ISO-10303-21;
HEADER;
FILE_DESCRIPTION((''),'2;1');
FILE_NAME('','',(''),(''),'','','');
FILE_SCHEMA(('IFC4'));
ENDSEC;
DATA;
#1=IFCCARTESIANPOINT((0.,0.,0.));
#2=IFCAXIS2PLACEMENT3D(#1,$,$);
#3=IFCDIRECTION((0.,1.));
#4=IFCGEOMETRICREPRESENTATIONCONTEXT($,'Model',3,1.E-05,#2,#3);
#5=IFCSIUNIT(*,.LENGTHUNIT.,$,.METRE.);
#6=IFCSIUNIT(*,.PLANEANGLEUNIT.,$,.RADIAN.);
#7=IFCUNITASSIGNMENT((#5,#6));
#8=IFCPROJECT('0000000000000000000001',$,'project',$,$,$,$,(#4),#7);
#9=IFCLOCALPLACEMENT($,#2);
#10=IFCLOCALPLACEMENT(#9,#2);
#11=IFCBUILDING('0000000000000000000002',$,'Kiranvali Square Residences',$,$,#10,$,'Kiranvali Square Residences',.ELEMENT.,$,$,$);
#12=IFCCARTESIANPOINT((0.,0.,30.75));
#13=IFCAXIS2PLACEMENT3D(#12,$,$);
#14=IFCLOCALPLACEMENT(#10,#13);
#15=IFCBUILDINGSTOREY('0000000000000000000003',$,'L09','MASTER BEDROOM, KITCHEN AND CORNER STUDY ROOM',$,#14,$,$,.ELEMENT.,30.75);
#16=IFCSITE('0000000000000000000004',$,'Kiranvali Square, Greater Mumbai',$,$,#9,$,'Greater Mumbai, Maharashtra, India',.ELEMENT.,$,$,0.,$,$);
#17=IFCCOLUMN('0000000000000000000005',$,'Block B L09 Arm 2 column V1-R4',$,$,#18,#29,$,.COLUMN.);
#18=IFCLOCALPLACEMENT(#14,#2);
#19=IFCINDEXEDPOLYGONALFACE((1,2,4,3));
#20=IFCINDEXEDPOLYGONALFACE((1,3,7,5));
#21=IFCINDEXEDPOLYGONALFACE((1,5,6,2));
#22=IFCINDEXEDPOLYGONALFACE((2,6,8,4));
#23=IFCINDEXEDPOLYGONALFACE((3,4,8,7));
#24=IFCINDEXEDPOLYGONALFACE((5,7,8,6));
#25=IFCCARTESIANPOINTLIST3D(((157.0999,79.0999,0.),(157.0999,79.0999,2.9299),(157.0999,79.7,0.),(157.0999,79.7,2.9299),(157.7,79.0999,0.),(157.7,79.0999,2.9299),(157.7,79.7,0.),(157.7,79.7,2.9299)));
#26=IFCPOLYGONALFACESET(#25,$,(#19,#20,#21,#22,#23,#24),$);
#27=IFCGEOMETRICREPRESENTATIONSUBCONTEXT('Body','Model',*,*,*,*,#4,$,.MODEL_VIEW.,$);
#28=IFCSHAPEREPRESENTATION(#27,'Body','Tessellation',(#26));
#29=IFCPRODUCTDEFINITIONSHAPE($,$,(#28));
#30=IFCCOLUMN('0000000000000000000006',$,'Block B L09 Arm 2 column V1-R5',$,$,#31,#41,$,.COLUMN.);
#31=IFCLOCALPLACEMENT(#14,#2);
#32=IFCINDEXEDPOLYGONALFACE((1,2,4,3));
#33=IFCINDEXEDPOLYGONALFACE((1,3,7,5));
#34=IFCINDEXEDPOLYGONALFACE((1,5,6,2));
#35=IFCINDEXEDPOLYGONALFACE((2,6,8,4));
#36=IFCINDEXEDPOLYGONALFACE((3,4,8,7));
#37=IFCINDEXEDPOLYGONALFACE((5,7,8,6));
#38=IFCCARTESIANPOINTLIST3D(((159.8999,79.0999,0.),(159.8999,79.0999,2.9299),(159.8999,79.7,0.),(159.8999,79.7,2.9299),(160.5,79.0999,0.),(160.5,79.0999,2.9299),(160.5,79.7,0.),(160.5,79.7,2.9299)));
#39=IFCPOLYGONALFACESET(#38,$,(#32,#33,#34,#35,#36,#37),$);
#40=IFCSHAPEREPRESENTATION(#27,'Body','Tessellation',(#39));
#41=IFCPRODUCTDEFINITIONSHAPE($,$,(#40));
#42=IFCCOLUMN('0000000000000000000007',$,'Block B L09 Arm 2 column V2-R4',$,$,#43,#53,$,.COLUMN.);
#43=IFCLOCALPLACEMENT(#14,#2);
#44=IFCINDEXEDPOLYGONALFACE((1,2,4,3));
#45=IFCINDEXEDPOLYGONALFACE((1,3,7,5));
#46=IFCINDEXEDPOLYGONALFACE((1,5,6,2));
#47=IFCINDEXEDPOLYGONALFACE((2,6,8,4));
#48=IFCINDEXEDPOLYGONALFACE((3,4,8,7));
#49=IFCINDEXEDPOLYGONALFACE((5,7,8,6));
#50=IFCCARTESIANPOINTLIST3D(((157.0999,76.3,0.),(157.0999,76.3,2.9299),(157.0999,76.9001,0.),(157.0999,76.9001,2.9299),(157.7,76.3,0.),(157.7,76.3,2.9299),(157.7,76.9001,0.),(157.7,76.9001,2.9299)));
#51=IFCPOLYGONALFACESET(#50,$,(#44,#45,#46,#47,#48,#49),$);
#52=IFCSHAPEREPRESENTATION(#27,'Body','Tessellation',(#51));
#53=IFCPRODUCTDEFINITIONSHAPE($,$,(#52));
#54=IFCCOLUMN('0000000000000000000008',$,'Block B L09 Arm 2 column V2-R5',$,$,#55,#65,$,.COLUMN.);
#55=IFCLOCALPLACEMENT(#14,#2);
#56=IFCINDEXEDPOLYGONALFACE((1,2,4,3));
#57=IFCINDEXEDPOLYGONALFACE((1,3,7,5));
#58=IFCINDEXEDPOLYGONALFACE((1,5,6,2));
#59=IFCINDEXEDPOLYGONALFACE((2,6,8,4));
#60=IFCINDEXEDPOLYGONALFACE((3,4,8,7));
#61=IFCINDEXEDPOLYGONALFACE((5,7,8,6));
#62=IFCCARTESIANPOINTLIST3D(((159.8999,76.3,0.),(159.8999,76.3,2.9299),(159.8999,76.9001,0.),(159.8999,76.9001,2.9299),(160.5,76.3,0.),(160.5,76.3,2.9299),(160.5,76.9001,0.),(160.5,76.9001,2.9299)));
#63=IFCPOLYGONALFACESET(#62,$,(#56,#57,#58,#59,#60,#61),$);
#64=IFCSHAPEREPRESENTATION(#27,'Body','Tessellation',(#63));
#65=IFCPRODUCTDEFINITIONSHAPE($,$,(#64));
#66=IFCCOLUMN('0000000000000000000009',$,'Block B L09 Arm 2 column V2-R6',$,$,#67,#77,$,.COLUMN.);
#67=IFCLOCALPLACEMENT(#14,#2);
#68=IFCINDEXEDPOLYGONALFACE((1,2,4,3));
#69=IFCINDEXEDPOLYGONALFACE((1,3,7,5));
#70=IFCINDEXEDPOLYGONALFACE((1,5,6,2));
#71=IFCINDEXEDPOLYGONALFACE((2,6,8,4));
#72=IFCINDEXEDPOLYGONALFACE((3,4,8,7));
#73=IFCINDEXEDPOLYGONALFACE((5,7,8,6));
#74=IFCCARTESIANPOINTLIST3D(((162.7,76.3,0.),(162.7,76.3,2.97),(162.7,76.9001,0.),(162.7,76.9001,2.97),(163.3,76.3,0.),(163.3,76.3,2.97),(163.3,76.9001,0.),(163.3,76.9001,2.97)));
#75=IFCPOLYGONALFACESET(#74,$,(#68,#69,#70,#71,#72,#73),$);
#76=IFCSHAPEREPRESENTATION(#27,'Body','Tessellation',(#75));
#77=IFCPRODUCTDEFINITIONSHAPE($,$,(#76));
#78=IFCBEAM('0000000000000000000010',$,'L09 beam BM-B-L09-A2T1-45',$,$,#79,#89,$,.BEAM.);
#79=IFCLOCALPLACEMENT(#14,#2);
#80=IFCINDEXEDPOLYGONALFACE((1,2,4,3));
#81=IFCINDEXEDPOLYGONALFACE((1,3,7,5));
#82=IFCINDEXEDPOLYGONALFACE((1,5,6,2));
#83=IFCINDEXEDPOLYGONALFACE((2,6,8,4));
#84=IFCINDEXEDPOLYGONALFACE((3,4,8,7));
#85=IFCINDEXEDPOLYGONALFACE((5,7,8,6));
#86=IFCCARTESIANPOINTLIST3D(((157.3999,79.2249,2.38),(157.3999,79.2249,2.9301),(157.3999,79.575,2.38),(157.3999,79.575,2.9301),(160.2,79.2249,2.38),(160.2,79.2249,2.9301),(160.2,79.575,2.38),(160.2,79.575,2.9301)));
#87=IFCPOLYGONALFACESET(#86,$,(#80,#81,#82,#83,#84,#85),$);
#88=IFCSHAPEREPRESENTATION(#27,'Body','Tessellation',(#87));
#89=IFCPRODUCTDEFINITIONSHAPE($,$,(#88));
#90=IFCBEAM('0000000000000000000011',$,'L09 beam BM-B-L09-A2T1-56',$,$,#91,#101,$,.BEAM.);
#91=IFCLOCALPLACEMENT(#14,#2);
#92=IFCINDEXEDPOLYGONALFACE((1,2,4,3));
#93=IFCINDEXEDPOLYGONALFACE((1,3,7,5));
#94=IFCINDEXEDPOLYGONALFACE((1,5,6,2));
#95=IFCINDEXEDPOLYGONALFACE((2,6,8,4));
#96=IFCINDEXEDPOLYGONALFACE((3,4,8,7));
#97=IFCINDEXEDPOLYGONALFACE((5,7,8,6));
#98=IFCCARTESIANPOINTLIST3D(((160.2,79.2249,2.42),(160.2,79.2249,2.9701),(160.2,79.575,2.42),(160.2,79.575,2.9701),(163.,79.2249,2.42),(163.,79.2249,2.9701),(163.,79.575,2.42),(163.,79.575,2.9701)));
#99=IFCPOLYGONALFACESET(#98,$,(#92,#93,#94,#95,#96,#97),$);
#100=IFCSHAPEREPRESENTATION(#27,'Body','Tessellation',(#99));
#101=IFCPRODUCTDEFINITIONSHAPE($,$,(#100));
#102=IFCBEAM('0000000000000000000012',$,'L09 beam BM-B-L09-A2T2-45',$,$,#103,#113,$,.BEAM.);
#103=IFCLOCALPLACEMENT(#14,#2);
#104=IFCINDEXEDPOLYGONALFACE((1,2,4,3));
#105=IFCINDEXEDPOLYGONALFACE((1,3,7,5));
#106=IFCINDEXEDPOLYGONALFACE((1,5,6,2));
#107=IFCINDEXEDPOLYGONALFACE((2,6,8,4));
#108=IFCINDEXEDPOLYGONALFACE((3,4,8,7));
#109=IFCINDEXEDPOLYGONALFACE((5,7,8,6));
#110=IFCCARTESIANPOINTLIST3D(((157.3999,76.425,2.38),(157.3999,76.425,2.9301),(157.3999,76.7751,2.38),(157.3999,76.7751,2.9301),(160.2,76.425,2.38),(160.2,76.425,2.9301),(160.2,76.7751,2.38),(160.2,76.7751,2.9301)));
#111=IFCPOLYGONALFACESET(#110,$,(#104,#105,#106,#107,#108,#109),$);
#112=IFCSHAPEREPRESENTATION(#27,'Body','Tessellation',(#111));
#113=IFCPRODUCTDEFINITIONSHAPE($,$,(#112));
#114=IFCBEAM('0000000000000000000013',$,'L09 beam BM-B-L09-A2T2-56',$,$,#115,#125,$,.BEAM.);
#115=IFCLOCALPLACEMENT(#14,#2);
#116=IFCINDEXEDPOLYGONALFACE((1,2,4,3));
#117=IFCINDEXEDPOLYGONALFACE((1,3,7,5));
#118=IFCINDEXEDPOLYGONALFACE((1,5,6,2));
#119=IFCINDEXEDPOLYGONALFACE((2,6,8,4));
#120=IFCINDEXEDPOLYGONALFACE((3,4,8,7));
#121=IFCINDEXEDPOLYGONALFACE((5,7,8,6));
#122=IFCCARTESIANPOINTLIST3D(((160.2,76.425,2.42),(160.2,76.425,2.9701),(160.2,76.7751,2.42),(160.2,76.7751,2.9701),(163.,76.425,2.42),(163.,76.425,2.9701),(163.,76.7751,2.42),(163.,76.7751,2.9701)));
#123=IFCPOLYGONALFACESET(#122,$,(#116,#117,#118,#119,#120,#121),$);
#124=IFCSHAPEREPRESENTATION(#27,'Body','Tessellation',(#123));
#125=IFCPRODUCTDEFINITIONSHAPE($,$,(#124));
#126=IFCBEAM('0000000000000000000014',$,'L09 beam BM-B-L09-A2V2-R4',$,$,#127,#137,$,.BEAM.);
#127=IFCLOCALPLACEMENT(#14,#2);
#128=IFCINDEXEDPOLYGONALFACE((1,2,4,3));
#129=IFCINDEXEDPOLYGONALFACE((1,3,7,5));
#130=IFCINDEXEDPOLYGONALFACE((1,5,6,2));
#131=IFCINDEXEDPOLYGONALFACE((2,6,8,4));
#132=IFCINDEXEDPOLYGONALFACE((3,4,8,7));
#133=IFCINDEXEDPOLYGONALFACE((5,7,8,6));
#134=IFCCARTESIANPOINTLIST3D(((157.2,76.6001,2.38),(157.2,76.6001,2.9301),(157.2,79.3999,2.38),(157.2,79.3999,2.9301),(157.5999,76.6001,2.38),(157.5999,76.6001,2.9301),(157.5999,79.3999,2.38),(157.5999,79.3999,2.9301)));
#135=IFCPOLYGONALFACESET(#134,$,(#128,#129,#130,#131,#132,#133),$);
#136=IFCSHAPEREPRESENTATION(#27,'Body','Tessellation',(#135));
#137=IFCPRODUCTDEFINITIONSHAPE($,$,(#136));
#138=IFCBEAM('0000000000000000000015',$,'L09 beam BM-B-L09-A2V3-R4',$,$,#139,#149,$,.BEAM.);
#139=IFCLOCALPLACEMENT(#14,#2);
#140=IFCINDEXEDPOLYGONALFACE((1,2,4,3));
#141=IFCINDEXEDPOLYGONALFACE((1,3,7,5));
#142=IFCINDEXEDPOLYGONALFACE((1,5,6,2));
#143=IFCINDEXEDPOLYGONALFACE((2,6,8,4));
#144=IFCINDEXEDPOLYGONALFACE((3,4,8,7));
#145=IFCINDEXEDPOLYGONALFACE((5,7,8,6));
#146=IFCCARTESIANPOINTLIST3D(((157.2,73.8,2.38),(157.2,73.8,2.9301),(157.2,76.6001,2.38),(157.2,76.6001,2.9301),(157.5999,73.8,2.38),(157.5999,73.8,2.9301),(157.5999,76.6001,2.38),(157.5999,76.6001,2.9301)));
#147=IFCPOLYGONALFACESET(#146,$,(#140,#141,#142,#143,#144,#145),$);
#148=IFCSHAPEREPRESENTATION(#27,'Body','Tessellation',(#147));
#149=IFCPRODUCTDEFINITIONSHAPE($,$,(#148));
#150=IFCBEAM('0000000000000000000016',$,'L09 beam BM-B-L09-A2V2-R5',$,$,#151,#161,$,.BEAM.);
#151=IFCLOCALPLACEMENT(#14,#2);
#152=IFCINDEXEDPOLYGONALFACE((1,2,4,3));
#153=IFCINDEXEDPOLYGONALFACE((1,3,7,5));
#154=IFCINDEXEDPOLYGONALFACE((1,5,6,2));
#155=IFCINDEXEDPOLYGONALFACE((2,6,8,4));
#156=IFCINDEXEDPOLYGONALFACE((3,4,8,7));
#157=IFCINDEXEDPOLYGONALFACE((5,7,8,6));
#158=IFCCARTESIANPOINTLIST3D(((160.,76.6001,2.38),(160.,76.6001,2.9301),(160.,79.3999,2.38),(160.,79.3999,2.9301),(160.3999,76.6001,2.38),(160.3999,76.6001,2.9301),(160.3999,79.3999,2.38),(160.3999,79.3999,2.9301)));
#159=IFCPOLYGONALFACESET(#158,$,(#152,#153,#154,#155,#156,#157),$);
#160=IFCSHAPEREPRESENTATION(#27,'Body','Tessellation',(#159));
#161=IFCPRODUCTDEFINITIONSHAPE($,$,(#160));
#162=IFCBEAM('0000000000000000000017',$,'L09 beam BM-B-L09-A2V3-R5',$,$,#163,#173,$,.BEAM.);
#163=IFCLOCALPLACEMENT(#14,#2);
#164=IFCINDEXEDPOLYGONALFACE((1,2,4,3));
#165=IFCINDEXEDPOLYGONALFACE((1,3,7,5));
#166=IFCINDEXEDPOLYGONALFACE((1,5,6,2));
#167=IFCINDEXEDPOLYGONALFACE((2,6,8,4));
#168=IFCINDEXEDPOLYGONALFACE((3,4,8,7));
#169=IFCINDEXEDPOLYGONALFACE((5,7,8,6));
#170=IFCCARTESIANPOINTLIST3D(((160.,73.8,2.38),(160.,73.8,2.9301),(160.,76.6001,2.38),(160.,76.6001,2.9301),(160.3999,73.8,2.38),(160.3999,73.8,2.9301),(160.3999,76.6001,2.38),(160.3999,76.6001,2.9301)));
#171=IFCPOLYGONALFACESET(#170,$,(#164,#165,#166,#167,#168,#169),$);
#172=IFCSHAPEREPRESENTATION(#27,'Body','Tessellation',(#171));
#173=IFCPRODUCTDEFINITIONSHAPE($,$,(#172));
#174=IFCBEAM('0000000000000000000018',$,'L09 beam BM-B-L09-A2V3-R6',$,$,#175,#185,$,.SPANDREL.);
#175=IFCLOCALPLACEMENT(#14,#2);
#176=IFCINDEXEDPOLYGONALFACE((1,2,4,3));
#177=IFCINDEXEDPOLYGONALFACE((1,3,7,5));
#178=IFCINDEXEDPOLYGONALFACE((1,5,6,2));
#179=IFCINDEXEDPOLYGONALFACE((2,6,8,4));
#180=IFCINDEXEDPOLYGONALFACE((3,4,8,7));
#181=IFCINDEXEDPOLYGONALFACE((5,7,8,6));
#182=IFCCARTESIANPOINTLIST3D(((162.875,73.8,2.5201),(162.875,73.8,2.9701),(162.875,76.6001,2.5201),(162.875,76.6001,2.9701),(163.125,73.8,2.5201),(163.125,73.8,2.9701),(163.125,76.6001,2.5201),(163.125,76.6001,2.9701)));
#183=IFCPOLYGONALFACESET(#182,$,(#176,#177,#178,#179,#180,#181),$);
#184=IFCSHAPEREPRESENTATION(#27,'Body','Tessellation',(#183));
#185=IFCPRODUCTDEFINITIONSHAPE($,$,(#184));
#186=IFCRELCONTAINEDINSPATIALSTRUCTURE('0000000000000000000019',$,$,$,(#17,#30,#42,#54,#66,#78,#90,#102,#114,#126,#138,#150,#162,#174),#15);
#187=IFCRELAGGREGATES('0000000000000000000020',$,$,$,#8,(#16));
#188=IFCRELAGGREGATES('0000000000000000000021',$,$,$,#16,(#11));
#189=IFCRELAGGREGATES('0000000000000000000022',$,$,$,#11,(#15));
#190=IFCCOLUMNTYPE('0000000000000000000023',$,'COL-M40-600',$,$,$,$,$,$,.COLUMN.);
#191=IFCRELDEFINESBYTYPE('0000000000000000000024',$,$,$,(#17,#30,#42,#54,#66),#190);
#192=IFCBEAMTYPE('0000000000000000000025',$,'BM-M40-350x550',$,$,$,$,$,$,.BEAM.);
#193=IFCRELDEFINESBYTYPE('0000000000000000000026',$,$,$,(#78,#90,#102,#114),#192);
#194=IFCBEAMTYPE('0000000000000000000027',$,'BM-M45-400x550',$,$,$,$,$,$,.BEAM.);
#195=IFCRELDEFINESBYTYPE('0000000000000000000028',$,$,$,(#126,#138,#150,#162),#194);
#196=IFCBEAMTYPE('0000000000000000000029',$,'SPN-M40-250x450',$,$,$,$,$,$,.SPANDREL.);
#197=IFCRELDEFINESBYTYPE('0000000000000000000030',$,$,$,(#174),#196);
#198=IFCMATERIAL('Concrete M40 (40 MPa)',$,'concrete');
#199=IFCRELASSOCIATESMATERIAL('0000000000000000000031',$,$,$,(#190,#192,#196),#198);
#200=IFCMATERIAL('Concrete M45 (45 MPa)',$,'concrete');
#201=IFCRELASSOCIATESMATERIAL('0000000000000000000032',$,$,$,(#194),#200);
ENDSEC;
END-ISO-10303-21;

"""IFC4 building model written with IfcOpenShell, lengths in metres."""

from ifc_helpers import new_model, si_unit, direction, frame, origin, origin_2d, place, context, subcontext, project, spatial, rectangle, extrude, material, material_profile, profile_set, type_object, element, save


model = new_model("IFC4")

# Units and contexts
model_context = context("Model", 3, precision=1e-05, world=origin(), true_north=direction((0.0, 1.0)))
body_context = subcontext(model_context, "Body", "Model", "MODEL_VIEW")
ifc_project = project(units=[si_unit("LENGTHUNIT", "METRE"), si_unit("PLANEANGLEUNIT", "RADIAN")], contexts=[model_context])

# Site, building, storey
site_placement = place(None, origin())
site = spatial("IfcSite", under=ifc_project, at=site_placement, Name="Kiranvali Square, Greater Mumbai", LongName="Greater Mumbai, Maharashtra, India", CompositionType="ELEMENT", RefElevation=0.0)
building_placement = place(site_placement, origin())
building = spatial("IfcBuilding", under=site, at=building_placement, Name="Kiranvali Square Residences", LongName="Kiranvali Square Residences", CompositionType="ELEMENT")
storey_placement = place(building_placement, frame((0.0, 0.0, 30.75)))
storey = spatial("IfcBuildingStorey", under=building, at=storey_placement, Name="L09", Description="MASTER BEDROOM, KITCHEN AND CORNER STUDY ROOM", CompositionType="ELEMENT", Elevation=30.75)

# Columns
ifc_material_1 = material(Name="Concrete M40 (40 MPa)", Category="concrete")
ifc_material_profile_1 = material_profile(ifc_material_1, rectangle(XDim=0.6001, YDim=0.6001, at=origin_2d()), Name="RC 600x600")
ifc_profile_set_1 = profile_set([ifc_material_profile_1], Name="Concrete M40 (40 MPa)")
column_type = type_object("IfcColumnType", Name="COL-M40-600", PredefinedType="COLUMN", material=ifc_profile_set_1)
for number, where, z_axis, x_axis, name in (
    (1, (157.3999, 79.3999, 0.0), (0.0, 0.0, 1.0), (1.0, 0.0, 0.0), "Block B L09 Arm 2 column V1-R4"),
    (2, (160.2, 79.3999, 0.0), (0.0, 0.0, 1.0), (1.0, 0.0, 0.0), "Block B L09 Arm 2 column V1-R5"),
    (3, (157.3999, 76.6001, 0.0), (0.0, 0.0, 1.0), (1.0, 0.0, 0.0), "Block B L09 Arm 2 column V2-R4"),
    (4, (160.2, 76.6001, 0.0), (0.0, 0.0, 1.0), (1.0, 0.0, 0.0), "Block B L09 Arm 2 column V2-R5"),
):
    element("IfcColumn", number, at=place(storey_placement, frame(where, z_axis=z_axis, x_axis=x_axis)), inside=storey, type_object=column_type, Name=name, PredefinedType="COLUMN", context=body_context, shape_type="SweptSolid", body=[
        extrude(rectangle(XDim=0.6001, YDim=0.6001, at=origin_2d()), origin(), (0.0, 0.0, 1.0), 2.9299),
    ])
column_placement = place(storey_placement, frame((163.0, 76.6001, 0.0), z_axis=(0.0, 0.0, 1.0), x_axis=(1.0, 0.0, 0.0)))
element("IfcColumn", 5, at=column_placement, inside=storey, type_object=column_type, Name="Block B L09 Arm 2 column V2-R6", PredefinedType="COLUMN", context=body_context, shape_type="SweptSolid", body=[
    extrude(rectangle(XDim=0.6001, YDim=0.6001, at=origin_2d()), origin(), (0.0, 0.0, 1.0), 2.97),
])

# Beams
ifc_material_profile_2 = material_profile(ifc_material_1, rectangle(XDim=0.3501, YDim=0.55, at=origin_2d()), Name="RC 350x550")
ifc_profile_set_2 = profile_set([ifc_material_profile_2], Name="Concrete M40 (40 MPa)")
beam_type_1 = type_object("IfcBeamType", Name="BM-M40-350x550", PredefinedType="BEAM", material=ifc_profile_set_2)
for number, where, z_axis, x_axis, name in (
    (6, (157.3999, 79.3999, 2.655), (1.0, 0.0, 0.0), (0.0, 1.0, 0.0), "L09 beam BM-B-L09-A2T1-45"),
    (7, (160.2, 79.3999, 2.6951), (1.0, 0.0, 0.0), (0.0, 1.0, 0.0), "L09 beam BM-B-L09-A2T1-56"),
    (8, (157.3999, 76.6001, 2.655), (1.0, 0.0, 0.0), (0.0, 1.0, 0.0), "L09 beam BM-B-L09-A2T2-45"),
    (9, (160.2, 76.6001, 2.6951), (1.0, 0.0, 0.0), (0.0, 1.0, 0.0), "L09 beam BM-B-L09-A2T2-56"),
):
    element("IfcBeam", number, at=place(storey_placement, frame(where, z_axis=z_axis, x_axis=x_axis)), inside=storey, type_object=beam_type_1, Name=name, PredefinedType="BEAM", context=body_context, shape_type="SweptSolid", body=[
        extrude(rectangle(XDim=0.3501, YDim=0.55, at=origin_2d()), origin(), (0.0, 0.0, 1.0), 2.8),
    ])
ifc_material_2 = material(Name="Concrete M45 (45 MPa)", Category="concrete")
ifc_material_profile_3 = material_profile(ifc_material_2, rectangle(XDim=0.3999, YDim=0.55, at=origin_2d()), Name="RC 400x550")
ifc_profile_set_3 = profile_set([ifc_material_profile_3], Name="Concrete M45 (45 MPa)")
beam_type_2 = type_object("IfcBeamType", Name="BM-M45-400x550", PredefinedType="BEAM", material=ifc_profile_set_3)
beam_1_placement = place(storey_placement, frame((157.3999, 79.3999, 2.655), z_axis=(0.0, -1.0, 0.0), x_axis=(1.0, 0.0, 0.0)))
element("IfcBeam", 10, at=beam_1_placement, inside=storey, type_object=beam_type_2, Name="L09 beam BM-B-L09-A2V2-R4", PredefinedType="BEAM", context=body_context, shape_type="SweptSolid", body=[
    extrude(rectangle(XDim=0.3999, YDim=0.55, at=origin_2d()), origin(), (0.0, 0.0, 1.0), 2.7998),
])
beam_2_placement = place(storey_placement, frame((157.3999, 76.6001, 2.655), z_axis=(0.0, -1.0, 0.0), x_axis=(1.0, 0.0, 0.0)))
element("IfcBeam", 11, at=beam_2_placement, inside=storey, type_object=beam_type_2, Name="L09 beam BM-B-L09-A2V3-R4", PredefinedType="BEAM", context=body_context, shape_type="SweptSolid", body=[
    extrude(rectangle(XDim=0.3999, YDim=0.55, at=origin_2d()), origin(), (0.0, 0.0, 1.0), 2.8),
])
beam_3_placement = place(storey_placement, frame((160.2, 79.3999, 2.655), z_axis=(0.0, -1.0, 0.0), x_axis=(1.0, 0.0, 0.0)))
element("IfcBeam", 12, at=beam_3_placement, inside=storey, type_object=beam_type_2, Name="L09 beam BM-B-L09-A2V2-R5", PredefinedType="BEAM", context=body_context, shape_type="SweptSolid", body=[
    extrude(rectangle(XDim=0.3999, YDim=0.55, at=origin_2d()), origin(), (0.0, 0.0, 1.0), 2.7998),
])
beam_4_placement = place(storey_placement, frame((160.2, 76.6001, 2.655), z_axis=(0.0, -1.0, 0.0), x_axis=(1.0, 0.0, 0.0)))
element("IfcBeam", 13, at=beam_4_placement, inside=storey, type_object=beam_type_2, Name="L09 beam BM-B-L09-A2V3-R5", PredefinedType="BEAM", context=body_context, shape_type="SweptSolid", body=[
    extrude(rectangle(XDim=0.3999, YDim=0.55, at=origin_2d()), origin(), (0.0, 0.0, 1.0), 2.8),
])
ifc_material_profile_4 = material_profile(ifc_material_1, rectangle(XDim=0.25, YDim=0.45, at=origin_2d()), Name="RC 250x450")
ifc_profile_set_4 = profile_set([ifc_material_profile_4], Name="Concrete M40 (40 MPa)")
beam_type_3 = type_object("IfcBeamType", Name="SPN-M40-250x450", PredefinedType="SPANDREL", material=ifc_profile_set_4)
beam_5_placement = place(storey_placement, frame((163.0, 76.6001, 2.7451), z_axis=(0.0, -1.0, 0.0), x_axis=(1.0, 0.0, 0.0)))
element("IfcBeam", 14, at=beam_5_placement, inside=storey, type_object=beam_type_3, Name="L09 beam BM-B-L09-A2V3-R6", PredefinedType="SPANDREL", context=body_context, shape_type="SweptSolid", body=[
    extrude(rectangle(XDim=0.25, YDim=0.45, at=origin_2d()), origin(), (0.0, 0.0, 1.0), 2.8),
])

save(model, "model.ifc")
